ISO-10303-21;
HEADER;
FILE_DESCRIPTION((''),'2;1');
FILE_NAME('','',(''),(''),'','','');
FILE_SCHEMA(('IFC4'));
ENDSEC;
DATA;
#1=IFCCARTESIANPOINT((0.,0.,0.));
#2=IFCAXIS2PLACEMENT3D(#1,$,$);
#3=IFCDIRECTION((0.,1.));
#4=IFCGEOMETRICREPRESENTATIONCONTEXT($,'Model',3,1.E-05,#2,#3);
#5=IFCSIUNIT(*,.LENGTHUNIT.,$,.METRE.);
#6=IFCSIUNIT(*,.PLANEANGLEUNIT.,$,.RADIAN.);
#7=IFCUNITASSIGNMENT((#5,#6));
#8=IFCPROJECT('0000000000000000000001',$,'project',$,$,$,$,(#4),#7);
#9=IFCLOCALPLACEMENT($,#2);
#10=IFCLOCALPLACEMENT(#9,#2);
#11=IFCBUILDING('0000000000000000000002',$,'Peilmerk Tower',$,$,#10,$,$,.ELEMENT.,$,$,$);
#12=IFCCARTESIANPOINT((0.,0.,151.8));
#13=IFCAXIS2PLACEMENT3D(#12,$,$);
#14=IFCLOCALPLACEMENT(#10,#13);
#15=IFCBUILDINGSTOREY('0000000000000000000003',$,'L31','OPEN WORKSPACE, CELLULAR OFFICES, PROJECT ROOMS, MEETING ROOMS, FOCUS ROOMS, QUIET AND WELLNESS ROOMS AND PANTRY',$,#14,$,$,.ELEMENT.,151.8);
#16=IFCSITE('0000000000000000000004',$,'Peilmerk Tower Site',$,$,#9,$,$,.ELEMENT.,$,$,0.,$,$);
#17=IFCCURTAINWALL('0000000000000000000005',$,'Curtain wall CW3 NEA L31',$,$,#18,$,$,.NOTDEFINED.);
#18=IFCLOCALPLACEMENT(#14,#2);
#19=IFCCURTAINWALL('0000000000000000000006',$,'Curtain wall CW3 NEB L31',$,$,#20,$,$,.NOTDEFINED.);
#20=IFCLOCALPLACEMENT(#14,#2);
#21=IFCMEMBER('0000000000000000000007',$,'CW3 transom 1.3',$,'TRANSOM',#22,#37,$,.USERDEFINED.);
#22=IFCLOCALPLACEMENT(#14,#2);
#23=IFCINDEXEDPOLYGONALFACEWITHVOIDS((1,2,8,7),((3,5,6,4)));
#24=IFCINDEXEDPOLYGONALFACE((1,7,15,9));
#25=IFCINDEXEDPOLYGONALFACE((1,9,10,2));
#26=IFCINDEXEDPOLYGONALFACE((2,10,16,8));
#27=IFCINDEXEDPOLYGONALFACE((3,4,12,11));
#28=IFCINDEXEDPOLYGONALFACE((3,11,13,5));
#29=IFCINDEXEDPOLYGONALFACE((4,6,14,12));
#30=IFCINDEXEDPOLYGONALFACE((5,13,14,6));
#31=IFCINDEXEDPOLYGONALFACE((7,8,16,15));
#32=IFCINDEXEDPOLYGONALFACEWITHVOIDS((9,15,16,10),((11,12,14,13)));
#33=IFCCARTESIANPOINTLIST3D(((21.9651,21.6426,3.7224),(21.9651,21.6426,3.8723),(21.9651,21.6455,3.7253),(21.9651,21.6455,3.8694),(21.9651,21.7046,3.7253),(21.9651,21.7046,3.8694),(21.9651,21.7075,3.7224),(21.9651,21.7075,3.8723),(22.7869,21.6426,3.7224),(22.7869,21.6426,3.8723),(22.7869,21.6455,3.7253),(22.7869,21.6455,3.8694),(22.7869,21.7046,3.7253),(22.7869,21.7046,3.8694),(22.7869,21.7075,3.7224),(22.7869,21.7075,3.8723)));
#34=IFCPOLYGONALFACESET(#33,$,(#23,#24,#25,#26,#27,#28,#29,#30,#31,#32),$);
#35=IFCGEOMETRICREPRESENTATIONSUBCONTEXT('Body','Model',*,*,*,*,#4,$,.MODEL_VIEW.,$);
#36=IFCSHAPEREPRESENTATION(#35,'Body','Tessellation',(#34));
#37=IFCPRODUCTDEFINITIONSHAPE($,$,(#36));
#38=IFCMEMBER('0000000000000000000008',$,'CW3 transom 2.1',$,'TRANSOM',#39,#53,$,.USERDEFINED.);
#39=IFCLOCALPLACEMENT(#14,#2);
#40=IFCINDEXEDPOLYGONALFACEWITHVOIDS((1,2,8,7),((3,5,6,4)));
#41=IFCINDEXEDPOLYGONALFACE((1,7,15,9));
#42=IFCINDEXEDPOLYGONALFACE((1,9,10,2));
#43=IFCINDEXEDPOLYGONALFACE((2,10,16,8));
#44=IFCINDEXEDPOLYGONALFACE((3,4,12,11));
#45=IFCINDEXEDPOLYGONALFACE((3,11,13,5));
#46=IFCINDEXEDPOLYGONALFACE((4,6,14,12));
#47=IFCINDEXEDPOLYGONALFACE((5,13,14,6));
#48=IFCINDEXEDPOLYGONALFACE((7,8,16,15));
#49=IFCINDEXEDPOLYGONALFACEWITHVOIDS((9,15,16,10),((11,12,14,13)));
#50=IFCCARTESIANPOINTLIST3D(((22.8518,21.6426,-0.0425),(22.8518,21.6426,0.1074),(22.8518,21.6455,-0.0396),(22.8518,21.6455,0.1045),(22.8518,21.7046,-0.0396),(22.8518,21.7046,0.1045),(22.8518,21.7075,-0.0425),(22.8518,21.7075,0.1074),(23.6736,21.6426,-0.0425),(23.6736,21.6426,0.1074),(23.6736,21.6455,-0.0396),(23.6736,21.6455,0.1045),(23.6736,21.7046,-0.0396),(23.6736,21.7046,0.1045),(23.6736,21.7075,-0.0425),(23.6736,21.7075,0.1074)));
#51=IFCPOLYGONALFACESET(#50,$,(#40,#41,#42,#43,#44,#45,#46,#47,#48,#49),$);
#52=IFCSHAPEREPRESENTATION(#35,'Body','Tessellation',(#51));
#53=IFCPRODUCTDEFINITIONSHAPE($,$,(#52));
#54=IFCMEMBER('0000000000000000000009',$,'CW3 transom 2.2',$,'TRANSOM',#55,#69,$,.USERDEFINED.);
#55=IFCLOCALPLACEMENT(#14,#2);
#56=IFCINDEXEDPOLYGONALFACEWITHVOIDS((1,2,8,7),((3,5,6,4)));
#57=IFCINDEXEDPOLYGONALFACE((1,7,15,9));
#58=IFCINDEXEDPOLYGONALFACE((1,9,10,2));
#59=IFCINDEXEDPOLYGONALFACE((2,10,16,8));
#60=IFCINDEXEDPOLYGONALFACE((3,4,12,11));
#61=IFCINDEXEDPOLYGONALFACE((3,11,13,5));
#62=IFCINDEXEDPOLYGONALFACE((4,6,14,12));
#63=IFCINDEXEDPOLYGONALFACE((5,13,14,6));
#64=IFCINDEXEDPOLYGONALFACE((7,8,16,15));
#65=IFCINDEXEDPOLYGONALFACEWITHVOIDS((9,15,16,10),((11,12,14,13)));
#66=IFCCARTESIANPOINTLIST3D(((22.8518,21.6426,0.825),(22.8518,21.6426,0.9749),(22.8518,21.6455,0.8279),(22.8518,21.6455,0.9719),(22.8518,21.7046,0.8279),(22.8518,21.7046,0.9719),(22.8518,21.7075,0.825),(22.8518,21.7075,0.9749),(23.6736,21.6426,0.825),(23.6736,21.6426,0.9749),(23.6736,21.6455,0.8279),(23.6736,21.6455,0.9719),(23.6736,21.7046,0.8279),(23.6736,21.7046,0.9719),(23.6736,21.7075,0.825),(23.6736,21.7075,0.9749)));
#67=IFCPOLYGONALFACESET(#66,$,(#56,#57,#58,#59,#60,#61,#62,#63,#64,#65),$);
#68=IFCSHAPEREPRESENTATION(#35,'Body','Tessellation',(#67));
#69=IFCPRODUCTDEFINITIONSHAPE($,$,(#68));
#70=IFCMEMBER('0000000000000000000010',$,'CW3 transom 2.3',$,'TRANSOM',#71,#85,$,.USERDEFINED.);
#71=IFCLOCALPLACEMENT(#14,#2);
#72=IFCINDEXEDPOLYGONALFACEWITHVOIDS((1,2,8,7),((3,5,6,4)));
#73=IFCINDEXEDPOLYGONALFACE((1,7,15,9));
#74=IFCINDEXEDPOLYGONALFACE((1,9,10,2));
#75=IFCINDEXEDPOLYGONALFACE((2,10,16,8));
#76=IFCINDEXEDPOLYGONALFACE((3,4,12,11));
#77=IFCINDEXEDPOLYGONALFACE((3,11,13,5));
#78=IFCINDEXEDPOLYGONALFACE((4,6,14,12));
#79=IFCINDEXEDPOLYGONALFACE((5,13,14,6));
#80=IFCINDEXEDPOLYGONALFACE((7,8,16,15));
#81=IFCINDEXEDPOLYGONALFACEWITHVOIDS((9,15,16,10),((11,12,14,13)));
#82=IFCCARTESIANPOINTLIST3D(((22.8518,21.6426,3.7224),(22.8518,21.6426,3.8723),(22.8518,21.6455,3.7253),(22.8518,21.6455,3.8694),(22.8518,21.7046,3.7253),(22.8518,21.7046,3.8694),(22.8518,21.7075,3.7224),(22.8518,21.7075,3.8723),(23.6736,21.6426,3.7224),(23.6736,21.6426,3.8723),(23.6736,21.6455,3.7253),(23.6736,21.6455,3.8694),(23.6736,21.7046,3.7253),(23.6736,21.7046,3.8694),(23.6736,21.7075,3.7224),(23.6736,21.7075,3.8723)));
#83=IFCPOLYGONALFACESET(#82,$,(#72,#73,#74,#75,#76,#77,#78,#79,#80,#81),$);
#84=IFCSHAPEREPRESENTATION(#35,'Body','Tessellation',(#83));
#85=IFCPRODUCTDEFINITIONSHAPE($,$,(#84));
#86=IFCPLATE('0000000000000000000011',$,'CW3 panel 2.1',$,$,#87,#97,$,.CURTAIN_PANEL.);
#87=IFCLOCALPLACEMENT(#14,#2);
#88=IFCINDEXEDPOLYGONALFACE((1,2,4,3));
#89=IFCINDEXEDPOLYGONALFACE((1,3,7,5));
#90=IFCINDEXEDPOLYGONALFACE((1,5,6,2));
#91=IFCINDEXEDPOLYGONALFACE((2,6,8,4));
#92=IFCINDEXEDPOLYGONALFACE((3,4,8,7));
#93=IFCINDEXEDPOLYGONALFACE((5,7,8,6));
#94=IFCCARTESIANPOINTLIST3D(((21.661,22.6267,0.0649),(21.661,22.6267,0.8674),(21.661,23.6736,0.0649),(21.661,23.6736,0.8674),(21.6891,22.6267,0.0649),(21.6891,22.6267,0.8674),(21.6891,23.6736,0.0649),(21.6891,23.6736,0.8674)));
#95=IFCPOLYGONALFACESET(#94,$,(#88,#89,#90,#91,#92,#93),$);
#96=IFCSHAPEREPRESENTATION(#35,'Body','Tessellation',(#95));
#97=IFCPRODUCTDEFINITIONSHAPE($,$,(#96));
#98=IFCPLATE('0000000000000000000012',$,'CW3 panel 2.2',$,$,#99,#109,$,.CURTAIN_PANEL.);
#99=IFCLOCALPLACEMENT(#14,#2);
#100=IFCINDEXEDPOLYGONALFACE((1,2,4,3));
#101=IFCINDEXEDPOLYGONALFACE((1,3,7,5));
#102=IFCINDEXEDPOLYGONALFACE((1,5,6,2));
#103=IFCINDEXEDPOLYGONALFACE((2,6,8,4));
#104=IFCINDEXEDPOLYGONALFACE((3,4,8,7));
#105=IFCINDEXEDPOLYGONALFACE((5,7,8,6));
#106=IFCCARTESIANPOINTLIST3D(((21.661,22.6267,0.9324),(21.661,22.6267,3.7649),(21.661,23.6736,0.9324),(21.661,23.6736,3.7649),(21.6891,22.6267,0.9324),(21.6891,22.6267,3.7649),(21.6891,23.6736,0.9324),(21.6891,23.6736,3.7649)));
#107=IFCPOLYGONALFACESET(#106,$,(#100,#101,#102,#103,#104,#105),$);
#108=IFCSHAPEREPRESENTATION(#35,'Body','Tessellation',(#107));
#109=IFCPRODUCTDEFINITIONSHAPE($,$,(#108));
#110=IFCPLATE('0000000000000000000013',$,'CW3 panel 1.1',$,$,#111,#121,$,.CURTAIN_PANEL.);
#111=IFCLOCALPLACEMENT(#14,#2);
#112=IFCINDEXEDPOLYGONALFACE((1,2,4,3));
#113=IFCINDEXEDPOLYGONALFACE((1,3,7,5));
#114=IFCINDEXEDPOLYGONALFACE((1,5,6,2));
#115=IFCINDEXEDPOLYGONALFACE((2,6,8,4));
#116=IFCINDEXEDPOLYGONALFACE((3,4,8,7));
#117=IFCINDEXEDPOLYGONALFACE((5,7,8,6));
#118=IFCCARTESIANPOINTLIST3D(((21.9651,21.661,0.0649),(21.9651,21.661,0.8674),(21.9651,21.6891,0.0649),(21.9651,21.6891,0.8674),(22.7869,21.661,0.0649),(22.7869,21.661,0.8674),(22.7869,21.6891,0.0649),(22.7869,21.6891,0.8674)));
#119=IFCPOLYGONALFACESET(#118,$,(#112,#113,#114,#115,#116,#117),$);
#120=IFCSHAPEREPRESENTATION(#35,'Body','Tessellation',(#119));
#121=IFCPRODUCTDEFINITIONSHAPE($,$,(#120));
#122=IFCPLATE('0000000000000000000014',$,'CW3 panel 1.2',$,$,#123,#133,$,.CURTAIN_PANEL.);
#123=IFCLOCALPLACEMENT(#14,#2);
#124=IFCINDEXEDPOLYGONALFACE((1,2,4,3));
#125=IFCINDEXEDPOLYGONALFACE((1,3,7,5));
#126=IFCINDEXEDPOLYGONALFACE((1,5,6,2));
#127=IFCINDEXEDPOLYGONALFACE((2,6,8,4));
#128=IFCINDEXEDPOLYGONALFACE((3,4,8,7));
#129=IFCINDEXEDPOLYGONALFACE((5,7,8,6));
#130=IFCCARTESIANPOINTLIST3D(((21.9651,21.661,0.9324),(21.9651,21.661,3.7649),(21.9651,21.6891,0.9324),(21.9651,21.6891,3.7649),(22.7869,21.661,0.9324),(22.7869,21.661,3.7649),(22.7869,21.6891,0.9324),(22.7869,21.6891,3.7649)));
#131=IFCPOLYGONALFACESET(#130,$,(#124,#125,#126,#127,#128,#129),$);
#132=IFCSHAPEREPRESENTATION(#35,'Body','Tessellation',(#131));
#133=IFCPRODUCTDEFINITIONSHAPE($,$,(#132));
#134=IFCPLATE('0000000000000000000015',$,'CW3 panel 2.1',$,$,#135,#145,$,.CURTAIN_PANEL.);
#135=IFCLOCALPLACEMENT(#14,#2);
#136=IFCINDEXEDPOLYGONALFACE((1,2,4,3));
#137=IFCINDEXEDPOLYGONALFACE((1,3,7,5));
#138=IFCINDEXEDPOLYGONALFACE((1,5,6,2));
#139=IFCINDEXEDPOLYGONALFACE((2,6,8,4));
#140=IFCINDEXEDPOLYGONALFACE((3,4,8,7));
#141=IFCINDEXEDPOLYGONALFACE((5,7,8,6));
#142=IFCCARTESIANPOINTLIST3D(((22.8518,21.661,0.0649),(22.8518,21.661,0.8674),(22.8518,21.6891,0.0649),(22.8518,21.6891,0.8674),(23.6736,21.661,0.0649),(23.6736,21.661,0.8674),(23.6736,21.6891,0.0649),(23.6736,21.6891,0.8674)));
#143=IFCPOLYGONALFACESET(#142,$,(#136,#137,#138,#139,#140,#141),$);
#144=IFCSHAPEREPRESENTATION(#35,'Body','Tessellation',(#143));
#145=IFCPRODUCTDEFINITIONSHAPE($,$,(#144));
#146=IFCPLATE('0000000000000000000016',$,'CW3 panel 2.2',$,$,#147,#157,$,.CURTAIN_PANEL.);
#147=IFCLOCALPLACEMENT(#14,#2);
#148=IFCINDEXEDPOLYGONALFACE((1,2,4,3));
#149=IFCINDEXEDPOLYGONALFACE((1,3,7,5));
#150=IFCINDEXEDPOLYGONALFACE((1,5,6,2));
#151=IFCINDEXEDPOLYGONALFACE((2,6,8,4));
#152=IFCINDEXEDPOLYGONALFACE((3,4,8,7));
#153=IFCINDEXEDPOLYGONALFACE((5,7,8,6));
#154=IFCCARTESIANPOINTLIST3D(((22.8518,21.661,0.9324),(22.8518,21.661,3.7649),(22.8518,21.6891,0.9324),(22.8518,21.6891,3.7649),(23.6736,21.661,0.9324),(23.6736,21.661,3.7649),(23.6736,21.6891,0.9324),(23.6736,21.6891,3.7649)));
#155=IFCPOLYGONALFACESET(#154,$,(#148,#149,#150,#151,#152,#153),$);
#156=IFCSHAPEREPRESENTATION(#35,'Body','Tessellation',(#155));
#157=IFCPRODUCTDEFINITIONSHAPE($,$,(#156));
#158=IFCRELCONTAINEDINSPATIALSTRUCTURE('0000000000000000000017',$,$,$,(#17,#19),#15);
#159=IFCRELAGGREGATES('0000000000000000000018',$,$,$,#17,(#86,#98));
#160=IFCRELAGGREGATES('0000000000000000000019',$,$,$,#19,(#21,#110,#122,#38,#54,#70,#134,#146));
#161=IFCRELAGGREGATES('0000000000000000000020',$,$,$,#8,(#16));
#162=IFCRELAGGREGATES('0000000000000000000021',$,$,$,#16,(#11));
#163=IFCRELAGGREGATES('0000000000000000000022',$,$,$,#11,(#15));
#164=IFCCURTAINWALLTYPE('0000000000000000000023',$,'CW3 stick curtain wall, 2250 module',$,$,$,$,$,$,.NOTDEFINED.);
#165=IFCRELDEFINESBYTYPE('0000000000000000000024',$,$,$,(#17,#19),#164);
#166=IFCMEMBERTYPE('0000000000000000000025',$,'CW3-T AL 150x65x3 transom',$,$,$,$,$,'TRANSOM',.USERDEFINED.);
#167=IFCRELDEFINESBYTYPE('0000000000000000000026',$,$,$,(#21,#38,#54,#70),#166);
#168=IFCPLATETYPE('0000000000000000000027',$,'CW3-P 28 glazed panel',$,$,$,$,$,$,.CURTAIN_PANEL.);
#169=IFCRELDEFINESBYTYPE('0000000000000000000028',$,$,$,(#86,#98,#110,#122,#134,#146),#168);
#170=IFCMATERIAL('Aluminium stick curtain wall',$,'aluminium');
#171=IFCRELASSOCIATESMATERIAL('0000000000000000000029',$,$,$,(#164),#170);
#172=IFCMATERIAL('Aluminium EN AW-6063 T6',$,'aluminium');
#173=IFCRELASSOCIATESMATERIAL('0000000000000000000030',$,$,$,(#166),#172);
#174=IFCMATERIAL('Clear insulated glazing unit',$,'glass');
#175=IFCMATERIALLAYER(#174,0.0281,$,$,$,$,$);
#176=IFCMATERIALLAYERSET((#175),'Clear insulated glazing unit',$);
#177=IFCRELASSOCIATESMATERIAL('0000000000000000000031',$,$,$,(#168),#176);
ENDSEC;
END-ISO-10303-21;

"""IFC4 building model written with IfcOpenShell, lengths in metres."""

from ifc_helpers import new_model, si_unit, direction, frame, origin, origin_2d, place, context, subcontext, project, spatial, rectangle, hollow_rectangle, extrude, material, layer, layer_set, material_profile, profile_set, type_object, element, aggregate, save


model = new_model("IFC4")

# Units and contexts
model_context = context("Model", 3, precision=1e-05, world=origin(), true_north=direction((0.0, 1.0)))
body_context = subcontext(model_context, "Body", "Model", "MODEL_VIEW")
ifc_project = project(units=[si_unit("LENGTHUNIT", "METRE"), si_unit("PLANEANGLEUNIT", "RADIAN")], contexts=[model_context])

# Site, building, storey
site_placement = place(None, origin())
site = spatial("IfcSite", under=ifc_project, at=site_placement, Name="Peilmerk Tower Site", CompositionType="ELEMENT", RefElevation=0.0)
building_placement = place(site_placement, origin())
building = spatial("IfcBuilding", under=site, at=building_placement, Name="Peilmerk Tower", CompositionType="ELEMENT")
storey_placement = place(building_placement, frame((0.0, 0.0, 151.8)))
storey = spatial("IfcBuildingStorey", under=building, at=storey_placement, Name="L31", Description="OPEN WORKSPACE, CELLULAR OFFICES, PROJECT ROOMS, MEETING ROOMS, FOCUS ROOMS, QUIET AND WELLNESS ROOMS AND PANTRY", CompositionType="ELEMENT", Elevation=151.8)

# Curtain wall
ifc_material_1 = material(Name="Aluminium stick curtain wall", Category="aluminium")
curtain_wall_type = type_object("IfcCurtainWallType", Name="CW3 stick curtain wall, 2250 module", PredefinedType="NOTDEFINED", material=ifc_material_1)
curtain_wall_1_placement = place(storey_placement, origin())
curtain_wall_1 = element("IfcCurtainWall", 1, at=curtain_wall_1_placement, inside=storey, type_object=curtain_wall_type, Name="Curtain wall CW3 NEA L31", PredefinedType="NOTDEFINED")
ifc_material_2 = material(Name="Aluminium EN AW-6063 T6", Category="aluminium")

# Curtain wall
curtain_wall_2_placement = place(storey_placement, origin())
curtain_wall_2 = element("IfcCurtainWall", 2, at=curtain_wall_2_placement, inside=storey, type_object=curtain_wall_type, Name="Curtain wall CW3 NEB L31", PredefinedType="NOTDEFINED")

# Members
ifc_material_profile_1 = material_profile(ifc_material_2, hollow_rectangle(XDim=0.0649, YDim=0.1499, WallThickness=0.0029, at=origin_2d()), Name="AL 150x65x3")
ifc_profile_set_1 = profile_set([ifc_material_profile_1], Name="Aluminium EN AW-6063 T6")
member_type_1 = type_object("IfcMemberType", Name="CW3-T AL 150x65x3 transom", ElementType="TRANSOM", PredefinedType="USERDEFINED", material=ifc_profile_set_1)
member_1_placement = place(storey_placement, frame((21.9651, 21.675, 3.7974), z_axis=(1.0, 0.0, 0.0), x_axis=(0.0, 1.0, 0.0)))
member_1 = element("IfcMember", 3, at=member_1_placement, type_object=member_type_1, Name="CW3 transom 1.3", ObjectType="TRANSOM", PredefinedType="USERDEFINED", context=body_context, shape_type="SweptSolid", body=[
    extrude(hollow_rectangle(XDim=0.0649, YDim=0.1499, WallThickness=0.0029, at=origin_2d()), origin(), (0.0, 0.0, 1.0), 0.8218),
])
member_2_placement = place(storey_placement, frame((22.8518, 21.675, 0.0325), z_axis=(1.0, 0.0, 0.0), x_axis=(0.0, 1.0, 0.0)))
member_2 = element("IfcMember", 4, at=member_2_placement, type_object=member_type_1, Name="CW3 transom 2.1", ObjectType="TRANSOM", PredefinedType="USERDEFINED", context=body_context, shape_type="SweptSolid", body=[
    extrude(hollow_rectangle(XDim=0.0649, YDim=0.1499, WallThickness=0.0029, at=origin_2d()), origin(), (0.0, 0.0, 1.0), 0.8218),
])
member_3_placement = place(storey_placement, frame((22.8518, 21.675, 0.8999), z_axis=(1.0, 0.0, 0.0), x_axis=(0.0, 1.0, 0.0)))
member_3 = element("IfcMember", 5, at=member_3_placement, type_object=member_type_1, Name="CW3 transom 2.2", ObjectType="TRANSOM", PredefinedType="USERDEFINED", context=body_context, shape_type="SweptSolid", body=[
    extrude(hollow_rectangle(XDim=0.0649, YDim=0.1499, WallThickness=0.0029, at=origin_2d()), origin(), (0.0, 0.0, 1.0), 0.8218),
])
member_4_placement = place(storey_placement, frame((22.8518, 21.675, 3.7974), z_axis=(1.0, 0.0, 0.0), x_axis=(0.0, 1.0, 0.0)))
member_4 = element("IfcMember", 6, at=member_4_placement, type_object=member_type_1, Name="CW3 transom 2.3", ObjectType="TRANSOM", PredefinedType="USERDEFINED", context=body_context, shape_type="SweptSolid", body=[
    extrude(hollow_rectangle(XDim=0.0649, YDim=0.1499, WallThickness=0.0029, at=origin_2d()), origin(), (0.0, 0.0, 1.0), 0.8218),
])

# Plates
ifc_material_3 = material(Name="Clear insulated glazing unit", Category="glass")
ifc_layer_1 = layer(ifc_material_3, 0.0281)
ifc_layer_set_1 = layer_set([ifc_layer_1], Name="Clear insulated glazing unit")
plate_type = type_object("IfcPlateType", Name="CW3-P 28 glazed panel", PredefinedType="CURTAIN_PANEL", material=ifc_layer_set_1)
plate_1_placement = place(storey_placement, frame((21.675, 23.1501, 0.0649), z_axis=(0.0, 0.0, 1.0), x_axis=(0.0, 1.0, 0.0)))
plate_1 = element("IfcPlate", 7, at=plate_1_placement, type_object=plate_type, Name="CW3 panel 2.1", PredefinedType="CURTAIN_PANEL", context=body_context, shape_type="SweptSolid", body=[
    extrude(rectangle(XDim=1.0469, YDim=0.0281, at=origin_2d()), origin(), (0.0, 0.0, 1.0), 0.8025),
])
plate_2_placement = place(storey_placement, frame((21.675, 23.1501, 0.9324), z_axis=(0.0, 0.0, 1.0), x_axis=(0.0, 1.0, 0.0)))
plate_2 = element("IfcPlate", 8, at=plate_2_placement, type_object=plate_type, Name="CW3 panel 2.2", PredefinedType="CURTAIN_PANEL", context=body_context, shape_type="SweptSolid", body=[
    extrude(rectangle(XDim=1.0469, YDim=0.0281, at=origin_2d()), origin(), (0.0, 0.0, 1.0), 2.8325),
])
aggregate(curtain_wall_1, [plate_1, plate_2])
plate_3_placement = place(storey_placement, frame((22.376, 21.675, 0.0649), z_axis=(0.0, 0.0, 1.0), x_axis=(1.0, 0.0, 0.0)))
plate_3 = element("IfcPlate", 9, at=plate_3_placement, type_object=plate_type, Name="CW3 panel 1.1", PredefinedType="CURTAIN_PANEL", context=body_context, shape_type="SweptSolid", body=[
    extrude(rectangle(XDim=0.8218, YDim=0.0281, at=origin_2d()), origin(), (0.0, 0.0, 1.0), 0.8025),
])
plate_4_placement = place(storey_placement, frame((22.376, 21.675, 0.9324), z_axis=(0.0, 0.0, 1.0), x_axis=(1.0, 0.0, 0.0)))
plate_4 = element("IfcPlate", 10, at=plate_4_placement, type_object=plate_type, Name="CW3 panel 1.2", PredefinedType="CURTAIN_PANEL", context=body_context, shape_type="SweptSolid", body=[
    extrude(rectangle(XDim=0.8218, YDim=0.0281, at=origin_2d()), origin(), (0.0, 0.0, 1.0), 2.8325),
])
plate_5_placement = place(storey_placement, frame((23.2627, 21.675, 0.0649), z_axis=(0.0, 0.0, 1.0), x_axis=(1.0, 0.0, 0.0)))
plate_5 = element("IfcPlate", 11, at=plate_5_placement, type_object=plate_type, Name="CW3 panel 2.1", PredefinedType="CURTAIN_PANEL", context=body_context, shape_type="SweptSolid", body=[
    extrude(rectangle(XDim=0.8218, YDim=0.0281, at=origin_2d()), origin(), (0.0, 0.0, 1.0), 0.8025),
])
plate_6_placement = place(storey_placement, frame((23.2627, 21.675, 0.9324), z_axis=(0.0, 0.0, 1.0), x_axis=(1.0, 0.0, 0.0)))
plate_6 = element("IfcPlate", 12, at=plate_6_placement, type_object=plate_type, Name="CW3 panel 2.2", PredefinedType="CURTAIN_PANEL", context=body_context, shape_type="SweptSolid", body=[
    extrude(rectangle(XDim=0.8218, YDim=0.0281, at=origin_2d()), origin(), (0.0, 0.0, 1.0), 2.8325),
])
aggregate(curtain_wall_2, [member_1, plate_3, plate_4, member_2, member_3, member_4, plate_5, plate_6])

save(model, "model.ifc")
